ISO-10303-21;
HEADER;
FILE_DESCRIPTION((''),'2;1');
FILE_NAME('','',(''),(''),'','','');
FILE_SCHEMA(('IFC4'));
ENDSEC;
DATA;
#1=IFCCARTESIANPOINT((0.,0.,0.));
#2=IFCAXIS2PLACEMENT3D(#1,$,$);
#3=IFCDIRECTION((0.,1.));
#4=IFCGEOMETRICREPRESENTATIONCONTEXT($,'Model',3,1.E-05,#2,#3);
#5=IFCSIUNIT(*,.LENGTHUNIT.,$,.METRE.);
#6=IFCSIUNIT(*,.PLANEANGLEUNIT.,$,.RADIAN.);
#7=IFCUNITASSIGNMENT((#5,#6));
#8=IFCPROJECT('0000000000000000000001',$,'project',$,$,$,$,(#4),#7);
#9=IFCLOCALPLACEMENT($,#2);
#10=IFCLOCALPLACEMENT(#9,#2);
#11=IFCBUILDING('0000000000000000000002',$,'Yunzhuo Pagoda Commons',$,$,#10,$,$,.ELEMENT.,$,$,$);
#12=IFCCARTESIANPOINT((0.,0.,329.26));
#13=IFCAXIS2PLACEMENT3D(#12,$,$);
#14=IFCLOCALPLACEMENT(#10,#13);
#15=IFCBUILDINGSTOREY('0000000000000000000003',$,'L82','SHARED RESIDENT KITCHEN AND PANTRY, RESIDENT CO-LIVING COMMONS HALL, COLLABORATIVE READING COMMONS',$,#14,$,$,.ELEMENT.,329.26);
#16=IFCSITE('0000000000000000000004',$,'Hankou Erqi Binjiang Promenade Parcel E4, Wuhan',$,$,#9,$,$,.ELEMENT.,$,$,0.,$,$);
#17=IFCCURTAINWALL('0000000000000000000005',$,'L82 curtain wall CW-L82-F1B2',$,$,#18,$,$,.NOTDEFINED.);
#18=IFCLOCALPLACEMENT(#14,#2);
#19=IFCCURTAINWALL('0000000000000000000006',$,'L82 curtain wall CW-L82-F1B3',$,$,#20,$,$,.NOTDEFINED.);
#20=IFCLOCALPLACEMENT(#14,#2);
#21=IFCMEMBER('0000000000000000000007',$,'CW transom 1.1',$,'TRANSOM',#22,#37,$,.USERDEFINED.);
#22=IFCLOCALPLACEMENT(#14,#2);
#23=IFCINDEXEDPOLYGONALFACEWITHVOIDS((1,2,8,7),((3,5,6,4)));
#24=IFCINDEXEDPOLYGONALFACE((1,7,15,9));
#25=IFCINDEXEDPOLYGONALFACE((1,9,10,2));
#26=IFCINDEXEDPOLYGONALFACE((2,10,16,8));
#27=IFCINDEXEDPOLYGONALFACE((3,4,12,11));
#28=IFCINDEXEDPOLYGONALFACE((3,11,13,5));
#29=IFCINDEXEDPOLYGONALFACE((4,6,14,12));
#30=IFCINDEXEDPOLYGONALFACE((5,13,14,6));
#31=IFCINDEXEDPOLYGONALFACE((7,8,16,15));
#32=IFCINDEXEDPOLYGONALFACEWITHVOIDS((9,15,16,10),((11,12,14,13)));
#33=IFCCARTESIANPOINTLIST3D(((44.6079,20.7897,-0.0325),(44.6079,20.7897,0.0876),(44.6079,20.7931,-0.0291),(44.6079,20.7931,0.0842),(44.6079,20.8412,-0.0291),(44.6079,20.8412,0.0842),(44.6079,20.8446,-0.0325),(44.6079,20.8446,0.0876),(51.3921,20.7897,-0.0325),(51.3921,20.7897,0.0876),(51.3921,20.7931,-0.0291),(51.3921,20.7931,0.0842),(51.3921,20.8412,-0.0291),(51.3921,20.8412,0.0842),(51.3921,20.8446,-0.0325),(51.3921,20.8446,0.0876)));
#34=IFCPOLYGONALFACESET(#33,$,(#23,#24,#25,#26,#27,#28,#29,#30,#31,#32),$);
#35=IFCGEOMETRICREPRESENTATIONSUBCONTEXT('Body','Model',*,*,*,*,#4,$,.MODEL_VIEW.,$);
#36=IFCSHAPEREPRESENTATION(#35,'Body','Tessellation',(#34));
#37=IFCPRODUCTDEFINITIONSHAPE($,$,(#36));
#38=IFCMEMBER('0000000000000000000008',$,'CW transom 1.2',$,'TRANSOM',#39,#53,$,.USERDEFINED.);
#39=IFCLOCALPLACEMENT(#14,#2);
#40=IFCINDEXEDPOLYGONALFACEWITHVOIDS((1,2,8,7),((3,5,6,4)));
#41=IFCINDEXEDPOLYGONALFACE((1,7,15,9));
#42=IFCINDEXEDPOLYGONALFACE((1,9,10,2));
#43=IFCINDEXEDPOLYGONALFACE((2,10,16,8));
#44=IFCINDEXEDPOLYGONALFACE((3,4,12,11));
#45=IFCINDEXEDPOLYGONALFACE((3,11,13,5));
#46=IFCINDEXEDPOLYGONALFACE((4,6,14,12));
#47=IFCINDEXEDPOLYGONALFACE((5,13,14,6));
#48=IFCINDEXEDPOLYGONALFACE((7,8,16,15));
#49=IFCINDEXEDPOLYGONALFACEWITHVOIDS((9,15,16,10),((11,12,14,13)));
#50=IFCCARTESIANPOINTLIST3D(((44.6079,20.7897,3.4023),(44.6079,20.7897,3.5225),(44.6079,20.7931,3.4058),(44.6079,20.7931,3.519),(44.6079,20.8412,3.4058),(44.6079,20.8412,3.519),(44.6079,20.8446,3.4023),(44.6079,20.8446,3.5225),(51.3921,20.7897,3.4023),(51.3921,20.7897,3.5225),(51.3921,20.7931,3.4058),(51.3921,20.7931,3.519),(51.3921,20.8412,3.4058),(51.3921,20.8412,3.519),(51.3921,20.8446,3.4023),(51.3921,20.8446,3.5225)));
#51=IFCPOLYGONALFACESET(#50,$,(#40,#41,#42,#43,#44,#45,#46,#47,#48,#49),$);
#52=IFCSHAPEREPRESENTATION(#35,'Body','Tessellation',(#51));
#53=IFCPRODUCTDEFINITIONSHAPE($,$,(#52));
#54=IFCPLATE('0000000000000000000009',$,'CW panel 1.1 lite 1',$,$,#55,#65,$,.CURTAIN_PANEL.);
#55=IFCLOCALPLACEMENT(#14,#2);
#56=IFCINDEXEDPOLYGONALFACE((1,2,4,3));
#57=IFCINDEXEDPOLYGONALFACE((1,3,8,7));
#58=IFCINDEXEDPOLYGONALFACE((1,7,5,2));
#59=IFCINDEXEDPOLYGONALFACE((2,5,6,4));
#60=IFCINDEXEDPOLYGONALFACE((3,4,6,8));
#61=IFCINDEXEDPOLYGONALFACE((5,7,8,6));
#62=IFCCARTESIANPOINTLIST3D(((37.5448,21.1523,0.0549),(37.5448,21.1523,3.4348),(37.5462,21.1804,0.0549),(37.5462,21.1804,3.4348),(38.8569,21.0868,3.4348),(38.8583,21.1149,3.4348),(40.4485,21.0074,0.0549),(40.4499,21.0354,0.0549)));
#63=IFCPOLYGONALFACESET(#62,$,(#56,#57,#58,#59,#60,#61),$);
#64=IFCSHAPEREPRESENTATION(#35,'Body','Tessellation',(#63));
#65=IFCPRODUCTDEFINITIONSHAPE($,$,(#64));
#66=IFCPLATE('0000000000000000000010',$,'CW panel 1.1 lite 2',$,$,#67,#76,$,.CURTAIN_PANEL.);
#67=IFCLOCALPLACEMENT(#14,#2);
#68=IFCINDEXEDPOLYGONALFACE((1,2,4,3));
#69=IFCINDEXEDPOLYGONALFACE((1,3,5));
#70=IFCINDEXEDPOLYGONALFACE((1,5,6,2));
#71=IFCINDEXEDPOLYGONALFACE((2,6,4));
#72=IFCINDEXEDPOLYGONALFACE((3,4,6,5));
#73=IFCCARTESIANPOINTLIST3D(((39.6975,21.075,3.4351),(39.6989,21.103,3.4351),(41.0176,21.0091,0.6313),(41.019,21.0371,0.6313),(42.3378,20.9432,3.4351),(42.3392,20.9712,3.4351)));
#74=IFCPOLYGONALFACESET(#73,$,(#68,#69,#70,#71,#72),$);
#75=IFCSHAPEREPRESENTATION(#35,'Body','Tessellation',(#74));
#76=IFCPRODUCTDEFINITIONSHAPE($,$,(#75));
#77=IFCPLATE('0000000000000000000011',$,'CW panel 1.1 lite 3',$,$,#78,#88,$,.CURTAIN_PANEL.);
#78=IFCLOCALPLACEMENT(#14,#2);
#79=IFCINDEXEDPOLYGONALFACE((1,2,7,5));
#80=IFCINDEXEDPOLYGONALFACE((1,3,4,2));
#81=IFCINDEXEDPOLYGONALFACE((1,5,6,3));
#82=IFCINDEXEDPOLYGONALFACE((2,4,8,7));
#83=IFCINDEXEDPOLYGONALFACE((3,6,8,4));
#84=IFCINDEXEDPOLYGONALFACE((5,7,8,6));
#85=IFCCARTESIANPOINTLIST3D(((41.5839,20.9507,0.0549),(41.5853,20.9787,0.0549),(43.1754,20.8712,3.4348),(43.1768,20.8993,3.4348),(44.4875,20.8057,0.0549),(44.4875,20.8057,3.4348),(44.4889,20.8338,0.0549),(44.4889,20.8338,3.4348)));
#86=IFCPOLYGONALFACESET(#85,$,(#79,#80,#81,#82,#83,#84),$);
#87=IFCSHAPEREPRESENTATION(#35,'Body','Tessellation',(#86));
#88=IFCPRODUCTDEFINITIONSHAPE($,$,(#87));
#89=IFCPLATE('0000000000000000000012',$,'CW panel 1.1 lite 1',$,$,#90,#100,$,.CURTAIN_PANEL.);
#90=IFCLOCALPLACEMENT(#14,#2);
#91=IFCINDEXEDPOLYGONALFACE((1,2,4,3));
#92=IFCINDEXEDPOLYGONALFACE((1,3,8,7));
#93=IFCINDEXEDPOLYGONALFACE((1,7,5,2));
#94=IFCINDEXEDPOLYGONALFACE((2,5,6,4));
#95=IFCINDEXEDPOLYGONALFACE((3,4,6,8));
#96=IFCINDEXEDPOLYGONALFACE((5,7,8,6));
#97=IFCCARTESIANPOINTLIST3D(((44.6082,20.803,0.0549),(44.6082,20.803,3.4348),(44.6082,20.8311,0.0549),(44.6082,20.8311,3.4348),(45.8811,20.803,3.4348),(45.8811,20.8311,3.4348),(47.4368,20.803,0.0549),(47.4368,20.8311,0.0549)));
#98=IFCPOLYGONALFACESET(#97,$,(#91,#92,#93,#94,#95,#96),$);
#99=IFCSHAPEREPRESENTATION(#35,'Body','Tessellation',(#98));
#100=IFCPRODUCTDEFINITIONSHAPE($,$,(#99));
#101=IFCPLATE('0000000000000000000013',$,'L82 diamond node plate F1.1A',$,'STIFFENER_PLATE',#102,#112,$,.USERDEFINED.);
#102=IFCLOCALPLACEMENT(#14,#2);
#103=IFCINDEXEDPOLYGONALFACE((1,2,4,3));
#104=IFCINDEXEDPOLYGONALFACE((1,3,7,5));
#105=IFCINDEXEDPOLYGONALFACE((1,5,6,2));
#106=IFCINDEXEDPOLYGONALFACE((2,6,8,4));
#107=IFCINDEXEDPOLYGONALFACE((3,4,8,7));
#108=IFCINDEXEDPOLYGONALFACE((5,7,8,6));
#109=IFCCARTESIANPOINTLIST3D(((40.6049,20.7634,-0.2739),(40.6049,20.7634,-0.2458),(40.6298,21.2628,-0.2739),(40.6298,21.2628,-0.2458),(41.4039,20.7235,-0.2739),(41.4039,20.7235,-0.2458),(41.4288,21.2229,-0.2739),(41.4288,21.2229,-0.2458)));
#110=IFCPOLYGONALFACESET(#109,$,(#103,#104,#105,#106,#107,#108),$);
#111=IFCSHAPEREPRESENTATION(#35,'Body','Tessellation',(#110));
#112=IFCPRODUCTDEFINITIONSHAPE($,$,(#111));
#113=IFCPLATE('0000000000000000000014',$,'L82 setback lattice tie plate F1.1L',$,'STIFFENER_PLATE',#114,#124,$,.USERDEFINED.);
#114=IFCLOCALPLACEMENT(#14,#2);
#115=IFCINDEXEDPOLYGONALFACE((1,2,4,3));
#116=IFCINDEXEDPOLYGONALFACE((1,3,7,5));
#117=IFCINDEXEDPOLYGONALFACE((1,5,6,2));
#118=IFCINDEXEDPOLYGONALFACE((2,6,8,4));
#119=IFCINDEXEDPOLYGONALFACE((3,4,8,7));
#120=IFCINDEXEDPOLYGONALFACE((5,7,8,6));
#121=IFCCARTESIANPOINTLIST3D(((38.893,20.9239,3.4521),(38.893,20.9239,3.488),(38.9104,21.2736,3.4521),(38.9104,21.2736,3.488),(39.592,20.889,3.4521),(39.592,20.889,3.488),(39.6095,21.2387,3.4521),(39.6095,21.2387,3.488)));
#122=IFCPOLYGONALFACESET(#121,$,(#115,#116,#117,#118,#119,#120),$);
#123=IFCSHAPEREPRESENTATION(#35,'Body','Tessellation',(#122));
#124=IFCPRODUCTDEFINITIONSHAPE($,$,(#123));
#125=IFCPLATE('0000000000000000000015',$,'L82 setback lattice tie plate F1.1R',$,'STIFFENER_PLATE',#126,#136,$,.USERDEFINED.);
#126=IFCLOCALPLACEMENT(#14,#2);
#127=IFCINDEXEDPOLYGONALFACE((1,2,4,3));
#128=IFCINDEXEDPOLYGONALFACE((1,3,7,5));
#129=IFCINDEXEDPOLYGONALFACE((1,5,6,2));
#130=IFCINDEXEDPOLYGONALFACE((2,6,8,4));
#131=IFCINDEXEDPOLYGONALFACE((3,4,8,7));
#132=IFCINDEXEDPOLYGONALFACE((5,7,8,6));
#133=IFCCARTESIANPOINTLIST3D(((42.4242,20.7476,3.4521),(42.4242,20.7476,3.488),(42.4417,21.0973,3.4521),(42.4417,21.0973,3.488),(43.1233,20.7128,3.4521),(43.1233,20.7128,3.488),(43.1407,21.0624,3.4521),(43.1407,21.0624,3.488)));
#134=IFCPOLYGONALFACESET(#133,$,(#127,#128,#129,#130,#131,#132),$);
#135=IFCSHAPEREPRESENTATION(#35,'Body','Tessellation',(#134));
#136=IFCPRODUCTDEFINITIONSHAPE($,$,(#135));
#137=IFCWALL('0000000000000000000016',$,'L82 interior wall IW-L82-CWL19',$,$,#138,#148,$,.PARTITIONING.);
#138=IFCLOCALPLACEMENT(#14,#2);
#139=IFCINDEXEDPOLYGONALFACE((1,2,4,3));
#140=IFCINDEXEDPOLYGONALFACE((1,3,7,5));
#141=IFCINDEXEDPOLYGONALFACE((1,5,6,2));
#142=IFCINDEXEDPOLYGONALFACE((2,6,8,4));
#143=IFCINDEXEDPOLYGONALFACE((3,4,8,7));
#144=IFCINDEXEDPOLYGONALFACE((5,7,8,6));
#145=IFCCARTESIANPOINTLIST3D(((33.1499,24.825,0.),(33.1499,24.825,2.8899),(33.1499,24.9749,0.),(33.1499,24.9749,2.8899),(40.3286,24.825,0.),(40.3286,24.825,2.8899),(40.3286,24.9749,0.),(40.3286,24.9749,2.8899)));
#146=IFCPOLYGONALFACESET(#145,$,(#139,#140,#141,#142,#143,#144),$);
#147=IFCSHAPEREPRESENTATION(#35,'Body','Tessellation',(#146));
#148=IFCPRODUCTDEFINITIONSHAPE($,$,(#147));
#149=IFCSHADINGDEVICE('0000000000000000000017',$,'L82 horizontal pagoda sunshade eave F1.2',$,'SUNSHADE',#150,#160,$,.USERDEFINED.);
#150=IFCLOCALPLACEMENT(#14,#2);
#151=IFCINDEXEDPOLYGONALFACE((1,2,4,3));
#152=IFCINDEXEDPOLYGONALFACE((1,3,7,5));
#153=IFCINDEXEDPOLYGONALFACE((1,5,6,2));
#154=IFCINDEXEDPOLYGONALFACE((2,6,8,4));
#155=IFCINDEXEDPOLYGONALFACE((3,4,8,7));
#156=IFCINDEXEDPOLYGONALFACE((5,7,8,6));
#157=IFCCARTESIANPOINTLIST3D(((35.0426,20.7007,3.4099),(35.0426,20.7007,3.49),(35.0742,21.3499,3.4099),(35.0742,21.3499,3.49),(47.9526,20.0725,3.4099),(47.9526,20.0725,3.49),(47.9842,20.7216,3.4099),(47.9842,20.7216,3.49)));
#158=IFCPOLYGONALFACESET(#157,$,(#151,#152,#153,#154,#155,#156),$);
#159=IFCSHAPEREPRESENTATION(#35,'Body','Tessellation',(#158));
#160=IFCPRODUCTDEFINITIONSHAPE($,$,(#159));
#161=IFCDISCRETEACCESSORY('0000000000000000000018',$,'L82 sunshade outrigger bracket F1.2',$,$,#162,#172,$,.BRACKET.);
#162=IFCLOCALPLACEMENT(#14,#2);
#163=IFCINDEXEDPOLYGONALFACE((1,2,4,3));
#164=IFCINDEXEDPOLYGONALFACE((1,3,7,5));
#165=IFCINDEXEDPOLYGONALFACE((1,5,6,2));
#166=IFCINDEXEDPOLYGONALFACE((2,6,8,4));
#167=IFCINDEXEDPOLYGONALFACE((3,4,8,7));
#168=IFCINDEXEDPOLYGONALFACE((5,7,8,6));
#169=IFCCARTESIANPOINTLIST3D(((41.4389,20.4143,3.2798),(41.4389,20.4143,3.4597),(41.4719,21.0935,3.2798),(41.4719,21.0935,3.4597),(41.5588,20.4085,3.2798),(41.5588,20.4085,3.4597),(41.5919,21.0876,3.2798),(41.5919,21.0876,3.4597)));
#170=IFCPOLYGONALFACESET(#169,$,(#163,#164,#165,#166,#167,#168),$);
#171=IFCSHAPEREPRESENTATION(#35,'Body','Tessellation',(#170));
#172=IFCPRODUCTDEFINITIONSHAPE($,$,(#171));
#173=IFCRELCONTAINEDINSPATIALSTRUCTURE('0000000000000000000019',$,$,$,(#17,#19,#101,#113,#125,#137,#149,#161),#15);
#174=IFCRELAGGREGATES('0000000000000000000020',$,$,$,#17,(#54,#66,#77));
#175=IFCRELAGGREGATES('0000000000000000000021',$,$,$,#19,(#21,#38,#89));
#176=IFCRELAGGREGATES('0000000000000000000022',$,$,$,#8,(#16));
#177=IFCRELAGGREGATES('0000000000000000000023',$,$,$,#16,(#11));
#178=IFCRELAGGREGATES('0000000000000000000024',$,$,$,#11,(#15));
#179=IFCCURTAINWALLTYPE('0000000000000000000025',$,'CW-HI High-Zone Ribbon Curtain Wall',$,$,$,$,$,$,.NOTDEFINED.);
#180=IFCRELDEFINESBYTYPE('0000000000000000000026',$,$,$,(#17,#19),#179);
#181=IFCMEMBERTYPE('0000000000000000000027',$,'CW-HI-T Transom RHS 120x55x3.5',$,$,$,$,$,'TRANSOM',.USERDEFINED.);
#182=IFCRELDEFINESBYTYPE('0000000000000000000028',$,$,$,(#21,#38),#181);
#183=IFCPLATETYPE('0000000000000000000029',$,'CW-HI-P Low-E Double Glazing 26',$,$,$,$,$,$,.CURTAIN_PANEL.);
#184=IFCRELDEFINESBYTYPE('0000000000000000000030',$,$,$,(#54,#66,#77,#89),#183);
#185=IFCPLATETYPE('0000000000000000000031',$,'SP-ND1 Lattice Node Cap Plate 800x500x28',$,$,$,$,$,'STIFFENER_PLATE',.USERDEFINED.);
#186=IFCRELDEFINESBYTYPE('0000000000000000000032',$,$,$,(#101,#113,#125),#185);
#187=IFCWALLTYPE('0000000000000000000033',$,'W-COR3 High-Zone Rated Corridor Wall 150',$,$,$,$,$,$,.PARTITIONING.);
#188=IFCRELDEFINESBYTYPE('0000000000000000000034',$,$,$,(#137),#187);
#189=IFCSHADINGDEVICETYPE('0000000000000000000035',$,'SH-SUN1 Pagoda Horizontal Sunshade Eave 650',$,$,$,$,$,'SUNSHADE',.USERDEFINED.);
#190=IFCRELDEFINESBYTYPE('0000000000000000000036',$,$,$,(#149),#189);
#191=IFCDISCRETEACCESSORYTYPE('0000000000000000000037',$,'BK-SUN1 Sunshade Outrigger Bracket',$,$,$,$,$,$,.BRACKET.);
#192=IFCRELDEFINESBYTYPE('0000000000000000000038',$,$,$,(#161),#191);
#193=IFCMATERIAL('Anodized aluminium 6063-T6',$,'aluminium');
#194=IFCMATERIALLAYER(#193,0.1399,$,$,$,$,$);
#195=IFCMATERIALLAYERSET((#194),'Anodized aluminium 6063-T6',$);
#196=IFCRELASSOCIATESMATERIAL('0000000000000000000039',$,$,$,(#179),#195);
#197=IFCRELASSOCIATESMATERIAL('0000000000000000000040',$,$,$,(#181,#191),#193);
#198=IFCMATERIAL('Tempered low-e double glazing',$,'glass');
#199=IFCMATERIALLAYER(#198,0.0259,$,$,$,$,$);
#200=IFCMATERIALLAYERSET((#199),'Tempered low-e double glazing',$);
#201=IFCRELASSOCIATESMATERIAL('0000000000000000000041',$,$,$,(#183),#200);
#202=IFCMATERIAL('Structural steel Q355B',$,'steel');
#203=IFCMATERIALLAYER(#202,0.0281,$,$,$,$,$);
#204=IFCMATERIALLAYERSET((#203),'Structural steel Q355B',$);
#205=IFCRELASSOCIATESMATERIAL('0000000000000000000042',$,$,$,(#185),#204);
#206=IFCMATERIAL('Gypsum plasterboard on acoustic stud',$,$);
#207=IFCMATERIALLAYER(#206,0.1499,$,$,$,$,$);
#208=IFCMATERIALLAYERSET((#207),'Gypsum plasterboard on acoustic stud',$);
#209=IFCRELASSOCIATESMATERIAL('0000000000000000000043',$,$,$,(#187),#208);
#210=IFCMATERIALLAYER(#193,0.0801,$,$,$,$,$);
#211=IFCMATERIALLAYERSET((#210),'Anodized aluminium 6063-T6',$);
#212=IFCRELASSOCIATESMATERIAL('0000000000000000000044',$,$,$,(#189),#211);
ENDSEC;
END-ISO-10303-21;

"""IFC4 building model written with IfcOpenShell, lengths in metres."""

from ifc_helpers import new_model, si_unit, direction, frame, frame_2d, origin, origin_2d, place, context, subcontext, project, spatial, polyline, rectangle, hollow_rectangle, outline, extrude, source, transform, mapped, material, layer, layer_set, material_profile, profile_set, type_object, element, aggregate, save


model = new_model("IFC4")

# Units and contexts
model_context = context("Model", 3, precision=1e-05, world=origin(), true_north=direction((0.0, 1.0)))
body_context = subcontext(model_context, "Body", "Model", "MODEL_VIEW")
ifc_project = project(units=[si_unit("LENGTHUNIT", "METRE"), si_unit("PLANEANGLEUNIT", "RADIAN")], contexts=[model_context])

# Site, building, storey
site_placement = place(None, origin())
site = spatial("IfcSite", under=ifc_project, at=site_placement, Name="Hankou Erqi Binjiang Promenade Parcel E4, Wuhan", CompositionType="ELEMENT", RefElevation=0.0)
building_placement = place(site_placement, origin())
building = spatial("IfcBuilding", under=site, at=building_placement, Name="Yunzhuo Pagoda Commons", CompositionType="ELEMENT")
storey_placement = place(building_placement, frame((0.0, 0.0, 329.26)))
storey = spatial("IfcBuildingStorey", under=building, at=storey_placement, Name="L82", Description="SHARED RESIDENT KITCHEN AND PANTRY, RESIDENT CO-LIVING COMMONS HALL, COLLABORATIVE READING COMMONS", CompositionType="ELEMENT", Elevation=329.26)

# Shared definitions
ifc_material_1 = material(Name="Structural steel Q355B", Category="steel")

# Curtain wall
ifc_material_2 = material(Name="Anodized aluminium 6063-T6", Category="aluminium")
ifc_layer_1 = layer(ifc_material_2, 0.1399)
ifc_layer_set_1 = layer_set([ifc_layer_1], Name="Anodized aluminium 6063-T6")
curtain_wall_type = type_object("IfcCurtainWallType", Name="CW-HI High-Zone Ribbon Curtain Wall", PredefinedType="NOTDEFINED", material=ifc_layer_set_1)
curtain_wall_1_placement = place(storey_placement, origin())
curtain_wall_1 = element("IfcCurtainWall", 1, at=curtain_wall_1_placement, inside=storey, type_object=curtain_wall_type, Name="L82 curtain wall CW-L82-F1B2", PredefinedType="NOTDEFINED")

# Curtain wall, members
curtain_wall_2_placement = place(storey_placement, origin())
curtain_wall_2 = element("IfcCurtainWall", 2, at=curtain_wall_2_placement, inside=storey, type_object=curtain_wall_type, Name="L82 curtain wall CW-L82-F1B3", PredefinedType="NOTDEFINED")
ifc_material_profile_1 = material_profile(ifc_material_2, hollow_rectangle(XDim=0.0549, YDim=0.1201, WallThickness=0.0034, at=origin_2d()), Name="Anodized aluminium 6063-T6")
ifc_profile_set_1 = profile_set([ifc_material_profile_1], Name="Anodized aluminium 6063-T6")
member_type_1 = type_object("IfcMemberType", Name="CW-HI-T Transom RHS 120x55x3.5", ElementType="TRANSOM", PredefinedType="USERDEFINED", material=ifc_profile_set_1)
shared_shape_1 = source(origin(), body_context, "Body", "SweptSolid", [
    extrude(hollow_rectangle(XDim=0.0549, YDim=0.1201, WallThickness=0.0034, at=origin_2d()), origin(), (0.0, 0.0, 1.0), 6.7842),
])
member_1_placement = place(storey_placement, frame((44.6079, 20.8171, 0.0276), z_axis=(1.0, 0.0, 0.0), x_axis=(0.0, 1.0, 0.0)))
member_1 = element("IfcMember", 3, at=member_1_placement, type_object=member_type_1, Name="CW transom 1.1", ObjectType="TRANSOM", PredefinedType="USERDEFINED", context=body_context, shape_type="MappedRepresentation", body=[
    mapped(shared_shape_1, transform((0.0, 0.0, 0.0), scale=1.0)),
])
member_2_placement = place(storey_placement, frame((44.6079, 20.8171, 3.4624), z_axis=(1.0, 0.0, 0.0), x_axis=(0.0, 1.0, 0.0)))
member_2 = element("IfcMember", 4, at=member_2_placement, type_object=member_type_1, Name="CW transom 1.2", ObjectType="TRANSOM", PredefinedType="USERDEFINED", context=body_context, shape_type="MappedRepresentation", body=[
    mapped(shared_shape_1, transform((0.0, 0.0, 0.0), scale=1.0)),
])

# Plates
ifc_material_3 = material(Name="Tempered low-e double glazing", Category="glass")
ifc_layer_2 = layer(ifc_material_3, 0.0259)
ifc_layer_set_2 = layer_set([ifc_layer_2], Name="Tempered low-e double glazing")
plate_type_1 = type_object("IfcPlateType", Name="CW-HI-P Low-E Double Glazing 26", PredefinedType="CURTAIN_PANEL", material=ifc_layer_set_2)
plate_1_placement = place(storey_placement, frame((38.998, 21.1079, 1.7449), z_axis=(-0.04985, -0.998757, 0.0), x_axis=(0.998757, -0.04985, 0.0)))
plate_1 = element("IfcPlate", 5, at=plate_1_placement, type_object=plate_type_1, Name="CW panel 1.1 lite 1", PredefinedType="CURTAIN_PANEL", context=body_context, shape_type="SweptSolid", body=[
    extrude(outline(polyline([(-1.4536, -1.6899), (1.4536, -1.6899), (-0.1399, 1.6899), (-1.4536, 1.6899), (-1.4536, -1.6899)])), origin(), (0.0, 0.0, 1.0), 0.0281),
])
plate_2_placement = place(storey_placement, frame((41.019, 21.0371, 2.0332), z_axis=(-0.04985, -0.998757, 0.0), x_axis=(0.998757, -0.04985, 0.0)))
plate_2 = element("IfcPlate", 6, at=plate_2_placement, type_object=plate_type_1, Name="CW panel 1.1 lite 2", PredefinedType="CURTAIN_PANEL", context=body_context, shape_type="SweptSolid", body=[
    extrude(outline(polyline([(-1.3218, 1.4019), (0.0, -1.4019), (1.3218, 1.4019), (-1.3218, 1.4019)])), origin(), (0.0, 0.0, 1.0), 0.0281),
])
plate_3_placement = place(storey_placement, frame((43.0371, 20.9062, 1.7449), z_axis=(-0.04985, -0.998757, 0.0), x_axis=(0.998757, -0.04985, 0.0)))
plate_3 = element("IfcPlate", 7, at=plate_3_placement, type_object=plate_type_1, Name="CW panel 1.1 lite 3", PredefinedType="CURTAIN_PANEL", context=body_context, shape_type="SweptSolid", body=[
    extrude(outline(polyline([(-1.4536, -1.6899), (1.4536, -1.6899), (1.4536, 1.6899), (0.1399, 1.6899), (-1.4536, -1.6899)])), origin(), (0.0, 0.0, 1.0), 0.0281),
])
aggregate(curtain_wall_1, [plate_1, plate_2, plate_3])
plate_4_placement = place(storey_placement, frame((46.0225, 20.8311, 1.7449), z_axis=(0.0, -1.0, 0.0), x_axis=(1.0, 0.0, 0.0)))
plate_4 = element("IfcPlate", 8, at=plate_4_placement, type_object=plate_type_1, Name="CW panel 1.1 lite 1", PredefinedType="CURTAIN_PANEL", context=body_context, shape_type="SweptSolid", body=[
    extrude(outline(polyline([(-1.4143, -1.6899), (1.4143, -1.6899), (-0.1414, 1.6899), (-1.4143, 1.6899), (-1.4143, -1.6899)])), origin(), (0.0, 0.0, 1.0), 0.0281),
])
aggregate(curtain_wall_2, [member_1, member_2, plate_4])

# Plates
ifc_layer_3 = layer(ifc_material_1, 0.0281)
ifc_layer_set_3 = layer_set([ifc_layer_3], Name="Structural steel Q355B")
plate_type_2 = type_object("IfcPlateType", Name="SP-ND1 Lattice Node Cap Plate 800x500x28", ElementType="STIFFENER_PLATE", PredefinedType="USERDEFINED", material=ifc_layer_set_3)
shared_shape_2 = source(origin(), body_context, "Body", "SweptSolid", [
    extrude(rectangle(XDim=0.8, YDim=0.5, at=origin_2d()), origin(), (0.0, 0.0, 1.0), 0.0281),
])
plate_5_placement = place(storey_placement, frame((41.0168, 20.9932, -0.2739), z_axis=(0.0, 0.0, 1.0), x_axis=(0.998757, -0.049843, 0.0)))
element("IfcPlate", 9, at=plate_5_placement, inside=storey, type_object=plate_type_2, Name="L82 diamond node plate F1.1A", ObjectType="STIFFENER_PLATE", PredefinedType="USERDEFINED", context=body_context, shape_type="MappedRepresentation", body=[
    mapped(shared_shape_2, transform((0.0, 0.0, 0.0), scale=1.0)),
])
shared_shape_3 = source(origin(), body_context, "Body", "SweptSolid", [
    extrude(rectangle(XDim=0.7, YDim=0.3501, at=origin_2d()), origin(), (0.0, 0.0, 1.0), 0.0359),
])
for number, where, z_axis, x_axis, name in (
    (10, (39.2512, 21.0813, 3.4521), (0.0, 0.0, 1.0), (0.998757, -0.049843, 0.0), "L82 setback lattice tie plate F1.1L"),
    (11, (42.7825, 20.905, 3.4521), (0.0, 0.0, 1.0), (0.998757, -0.049843, 0.0), "L82 setback lattice tie plate F1.1R"),
):
    element("IfcPlate", number, at=place(storey_placement, frame(where, z_axis=z_axis, x_axis=x_axis)), inside=storey, type_object=plate_type_2, Name=name, ObjectType="STIFFENER_PLATE", PredefinedType="USERDEFINED", context=body_context, shape_type="MappedRepresentation", body=[
        mapped(shared_shape_3, transform((0.0, 0.0, 0.0), scale=1.0)),
    ])

# Wall
ifc_material_4 = material(Name="Gypsum plasterboard on acoustic stud")
ifc_layer_4 = layer(ifc_material_4, 0.1499)
ifc_layer_set_4 = layer_set([ifc_layer_4], Name="Gypsum plasterboard on acoustic stud")
wall_type = type_object("IfcWallType", Name="W-COR3 High-Zone Rated Corridor Wall 150", PredefinedType="PARTITIONING", material=ifc_layer_set_4)
wall_placement = place(storey_placement, frame((40.3286, 24.8999, 0.0), z_axis=(0.0, 0.0, 1.0), x_axis=(-1.0, 0.0, 0.0)))
element("IfcWall", 12, at=wall_placement, inside=storey, type_object=wall_type, Name="L82 interior wall IW-L82-CWL19", PredefinedType="PARTITIONING", context=body_context, shape_type="SweptSolid", body=[
    extrude(rectangle(XDim=7.1787, YDim=0.1499, at=frame_2d((3.5894, 0.0))), origin(), (0.0, 0.0, 1.0), 2.8899),
])

# Shading device
ifc_layer_5 = layer(ifc_material_2, 0.0801)
ifc_layer_set_5 = layer_set([ifc_layer_5], Name="Anodized aluminium 6063-T6")
shading_device_type = type_object("IfcShadingDeviceType", Name="SH-SUN1 Pagoda Horizontal Sunshade Eave 650", ElementType="SUNSHADE", PredefinedType="USERDEFINED", material=ifc_layer_set_5)
shared_shape_4 = source(origin(), body_context, "Body", "SweptSolid", [
    extrude(rectangle(XDim=12.9253, YDim=0.6499, at=origin_2d()), origin(), (0.0, 0.0, 1.0), 0.0801),
])
shading_device_placement = place(storey_placement, frame((41.5134, 20.7112, 3.4099), z_axis=(0.0, 0.0, 1.0), x_axis=(0.998818, -0.048606, 0.0)))
element("IfcShadingDevice", 13, at=shading_device_placement, inside=storey, type_object=shading_device_type, Name="L82 horizontal pagoda sunshade eave F1.2", ObjectType="SUNSHADE", PredefinedType="USERDEFINED", context=body_context, shape_type="MappedRepresentation", body=[
    mapped(shared_shape_4, transform((0.0, 0.0, 0.0), scale=1.0)),
])

# Discrete accessory
discrete_accessory_type = type_object("IfcDiscreteAccessoryType", Name="BK-SUN1 Sunshade Outrigger Bracket", PredefinedType="BRACKET", material=ifc_material_2)
shared_shape_5 = source(origin(), body_context, "Body", "SweptSolid", [
    extrude(rectangle(XDim=0.1201, YDim=0.6799, at=origin_2d()), origin(), (0.0, 0.0, 1.0), 0.1799),
])
discrete_accessory_placement = place(storey_placement, frame((41.5154, 20.751, 3.2798), z_axis=(0.0, 0.0, 1.0), x_axis=(0.998818, -0.048606, 0.0)))
element("IfcDiscreteAccessory", 14, at=discrete_accessory_placement, inside=storey, type_object=discrete_accessory_type, Name="L82 sunshade outrigger bracket F1.2", PredefinedType="BRACKET", context=body_context, shape_type="MappedRepresentation", body=[
    mapped(shared_shape_5, transform((0.0, 0.0, 0.0), scale=1.0)),
])

save(model, "model.ifc")
